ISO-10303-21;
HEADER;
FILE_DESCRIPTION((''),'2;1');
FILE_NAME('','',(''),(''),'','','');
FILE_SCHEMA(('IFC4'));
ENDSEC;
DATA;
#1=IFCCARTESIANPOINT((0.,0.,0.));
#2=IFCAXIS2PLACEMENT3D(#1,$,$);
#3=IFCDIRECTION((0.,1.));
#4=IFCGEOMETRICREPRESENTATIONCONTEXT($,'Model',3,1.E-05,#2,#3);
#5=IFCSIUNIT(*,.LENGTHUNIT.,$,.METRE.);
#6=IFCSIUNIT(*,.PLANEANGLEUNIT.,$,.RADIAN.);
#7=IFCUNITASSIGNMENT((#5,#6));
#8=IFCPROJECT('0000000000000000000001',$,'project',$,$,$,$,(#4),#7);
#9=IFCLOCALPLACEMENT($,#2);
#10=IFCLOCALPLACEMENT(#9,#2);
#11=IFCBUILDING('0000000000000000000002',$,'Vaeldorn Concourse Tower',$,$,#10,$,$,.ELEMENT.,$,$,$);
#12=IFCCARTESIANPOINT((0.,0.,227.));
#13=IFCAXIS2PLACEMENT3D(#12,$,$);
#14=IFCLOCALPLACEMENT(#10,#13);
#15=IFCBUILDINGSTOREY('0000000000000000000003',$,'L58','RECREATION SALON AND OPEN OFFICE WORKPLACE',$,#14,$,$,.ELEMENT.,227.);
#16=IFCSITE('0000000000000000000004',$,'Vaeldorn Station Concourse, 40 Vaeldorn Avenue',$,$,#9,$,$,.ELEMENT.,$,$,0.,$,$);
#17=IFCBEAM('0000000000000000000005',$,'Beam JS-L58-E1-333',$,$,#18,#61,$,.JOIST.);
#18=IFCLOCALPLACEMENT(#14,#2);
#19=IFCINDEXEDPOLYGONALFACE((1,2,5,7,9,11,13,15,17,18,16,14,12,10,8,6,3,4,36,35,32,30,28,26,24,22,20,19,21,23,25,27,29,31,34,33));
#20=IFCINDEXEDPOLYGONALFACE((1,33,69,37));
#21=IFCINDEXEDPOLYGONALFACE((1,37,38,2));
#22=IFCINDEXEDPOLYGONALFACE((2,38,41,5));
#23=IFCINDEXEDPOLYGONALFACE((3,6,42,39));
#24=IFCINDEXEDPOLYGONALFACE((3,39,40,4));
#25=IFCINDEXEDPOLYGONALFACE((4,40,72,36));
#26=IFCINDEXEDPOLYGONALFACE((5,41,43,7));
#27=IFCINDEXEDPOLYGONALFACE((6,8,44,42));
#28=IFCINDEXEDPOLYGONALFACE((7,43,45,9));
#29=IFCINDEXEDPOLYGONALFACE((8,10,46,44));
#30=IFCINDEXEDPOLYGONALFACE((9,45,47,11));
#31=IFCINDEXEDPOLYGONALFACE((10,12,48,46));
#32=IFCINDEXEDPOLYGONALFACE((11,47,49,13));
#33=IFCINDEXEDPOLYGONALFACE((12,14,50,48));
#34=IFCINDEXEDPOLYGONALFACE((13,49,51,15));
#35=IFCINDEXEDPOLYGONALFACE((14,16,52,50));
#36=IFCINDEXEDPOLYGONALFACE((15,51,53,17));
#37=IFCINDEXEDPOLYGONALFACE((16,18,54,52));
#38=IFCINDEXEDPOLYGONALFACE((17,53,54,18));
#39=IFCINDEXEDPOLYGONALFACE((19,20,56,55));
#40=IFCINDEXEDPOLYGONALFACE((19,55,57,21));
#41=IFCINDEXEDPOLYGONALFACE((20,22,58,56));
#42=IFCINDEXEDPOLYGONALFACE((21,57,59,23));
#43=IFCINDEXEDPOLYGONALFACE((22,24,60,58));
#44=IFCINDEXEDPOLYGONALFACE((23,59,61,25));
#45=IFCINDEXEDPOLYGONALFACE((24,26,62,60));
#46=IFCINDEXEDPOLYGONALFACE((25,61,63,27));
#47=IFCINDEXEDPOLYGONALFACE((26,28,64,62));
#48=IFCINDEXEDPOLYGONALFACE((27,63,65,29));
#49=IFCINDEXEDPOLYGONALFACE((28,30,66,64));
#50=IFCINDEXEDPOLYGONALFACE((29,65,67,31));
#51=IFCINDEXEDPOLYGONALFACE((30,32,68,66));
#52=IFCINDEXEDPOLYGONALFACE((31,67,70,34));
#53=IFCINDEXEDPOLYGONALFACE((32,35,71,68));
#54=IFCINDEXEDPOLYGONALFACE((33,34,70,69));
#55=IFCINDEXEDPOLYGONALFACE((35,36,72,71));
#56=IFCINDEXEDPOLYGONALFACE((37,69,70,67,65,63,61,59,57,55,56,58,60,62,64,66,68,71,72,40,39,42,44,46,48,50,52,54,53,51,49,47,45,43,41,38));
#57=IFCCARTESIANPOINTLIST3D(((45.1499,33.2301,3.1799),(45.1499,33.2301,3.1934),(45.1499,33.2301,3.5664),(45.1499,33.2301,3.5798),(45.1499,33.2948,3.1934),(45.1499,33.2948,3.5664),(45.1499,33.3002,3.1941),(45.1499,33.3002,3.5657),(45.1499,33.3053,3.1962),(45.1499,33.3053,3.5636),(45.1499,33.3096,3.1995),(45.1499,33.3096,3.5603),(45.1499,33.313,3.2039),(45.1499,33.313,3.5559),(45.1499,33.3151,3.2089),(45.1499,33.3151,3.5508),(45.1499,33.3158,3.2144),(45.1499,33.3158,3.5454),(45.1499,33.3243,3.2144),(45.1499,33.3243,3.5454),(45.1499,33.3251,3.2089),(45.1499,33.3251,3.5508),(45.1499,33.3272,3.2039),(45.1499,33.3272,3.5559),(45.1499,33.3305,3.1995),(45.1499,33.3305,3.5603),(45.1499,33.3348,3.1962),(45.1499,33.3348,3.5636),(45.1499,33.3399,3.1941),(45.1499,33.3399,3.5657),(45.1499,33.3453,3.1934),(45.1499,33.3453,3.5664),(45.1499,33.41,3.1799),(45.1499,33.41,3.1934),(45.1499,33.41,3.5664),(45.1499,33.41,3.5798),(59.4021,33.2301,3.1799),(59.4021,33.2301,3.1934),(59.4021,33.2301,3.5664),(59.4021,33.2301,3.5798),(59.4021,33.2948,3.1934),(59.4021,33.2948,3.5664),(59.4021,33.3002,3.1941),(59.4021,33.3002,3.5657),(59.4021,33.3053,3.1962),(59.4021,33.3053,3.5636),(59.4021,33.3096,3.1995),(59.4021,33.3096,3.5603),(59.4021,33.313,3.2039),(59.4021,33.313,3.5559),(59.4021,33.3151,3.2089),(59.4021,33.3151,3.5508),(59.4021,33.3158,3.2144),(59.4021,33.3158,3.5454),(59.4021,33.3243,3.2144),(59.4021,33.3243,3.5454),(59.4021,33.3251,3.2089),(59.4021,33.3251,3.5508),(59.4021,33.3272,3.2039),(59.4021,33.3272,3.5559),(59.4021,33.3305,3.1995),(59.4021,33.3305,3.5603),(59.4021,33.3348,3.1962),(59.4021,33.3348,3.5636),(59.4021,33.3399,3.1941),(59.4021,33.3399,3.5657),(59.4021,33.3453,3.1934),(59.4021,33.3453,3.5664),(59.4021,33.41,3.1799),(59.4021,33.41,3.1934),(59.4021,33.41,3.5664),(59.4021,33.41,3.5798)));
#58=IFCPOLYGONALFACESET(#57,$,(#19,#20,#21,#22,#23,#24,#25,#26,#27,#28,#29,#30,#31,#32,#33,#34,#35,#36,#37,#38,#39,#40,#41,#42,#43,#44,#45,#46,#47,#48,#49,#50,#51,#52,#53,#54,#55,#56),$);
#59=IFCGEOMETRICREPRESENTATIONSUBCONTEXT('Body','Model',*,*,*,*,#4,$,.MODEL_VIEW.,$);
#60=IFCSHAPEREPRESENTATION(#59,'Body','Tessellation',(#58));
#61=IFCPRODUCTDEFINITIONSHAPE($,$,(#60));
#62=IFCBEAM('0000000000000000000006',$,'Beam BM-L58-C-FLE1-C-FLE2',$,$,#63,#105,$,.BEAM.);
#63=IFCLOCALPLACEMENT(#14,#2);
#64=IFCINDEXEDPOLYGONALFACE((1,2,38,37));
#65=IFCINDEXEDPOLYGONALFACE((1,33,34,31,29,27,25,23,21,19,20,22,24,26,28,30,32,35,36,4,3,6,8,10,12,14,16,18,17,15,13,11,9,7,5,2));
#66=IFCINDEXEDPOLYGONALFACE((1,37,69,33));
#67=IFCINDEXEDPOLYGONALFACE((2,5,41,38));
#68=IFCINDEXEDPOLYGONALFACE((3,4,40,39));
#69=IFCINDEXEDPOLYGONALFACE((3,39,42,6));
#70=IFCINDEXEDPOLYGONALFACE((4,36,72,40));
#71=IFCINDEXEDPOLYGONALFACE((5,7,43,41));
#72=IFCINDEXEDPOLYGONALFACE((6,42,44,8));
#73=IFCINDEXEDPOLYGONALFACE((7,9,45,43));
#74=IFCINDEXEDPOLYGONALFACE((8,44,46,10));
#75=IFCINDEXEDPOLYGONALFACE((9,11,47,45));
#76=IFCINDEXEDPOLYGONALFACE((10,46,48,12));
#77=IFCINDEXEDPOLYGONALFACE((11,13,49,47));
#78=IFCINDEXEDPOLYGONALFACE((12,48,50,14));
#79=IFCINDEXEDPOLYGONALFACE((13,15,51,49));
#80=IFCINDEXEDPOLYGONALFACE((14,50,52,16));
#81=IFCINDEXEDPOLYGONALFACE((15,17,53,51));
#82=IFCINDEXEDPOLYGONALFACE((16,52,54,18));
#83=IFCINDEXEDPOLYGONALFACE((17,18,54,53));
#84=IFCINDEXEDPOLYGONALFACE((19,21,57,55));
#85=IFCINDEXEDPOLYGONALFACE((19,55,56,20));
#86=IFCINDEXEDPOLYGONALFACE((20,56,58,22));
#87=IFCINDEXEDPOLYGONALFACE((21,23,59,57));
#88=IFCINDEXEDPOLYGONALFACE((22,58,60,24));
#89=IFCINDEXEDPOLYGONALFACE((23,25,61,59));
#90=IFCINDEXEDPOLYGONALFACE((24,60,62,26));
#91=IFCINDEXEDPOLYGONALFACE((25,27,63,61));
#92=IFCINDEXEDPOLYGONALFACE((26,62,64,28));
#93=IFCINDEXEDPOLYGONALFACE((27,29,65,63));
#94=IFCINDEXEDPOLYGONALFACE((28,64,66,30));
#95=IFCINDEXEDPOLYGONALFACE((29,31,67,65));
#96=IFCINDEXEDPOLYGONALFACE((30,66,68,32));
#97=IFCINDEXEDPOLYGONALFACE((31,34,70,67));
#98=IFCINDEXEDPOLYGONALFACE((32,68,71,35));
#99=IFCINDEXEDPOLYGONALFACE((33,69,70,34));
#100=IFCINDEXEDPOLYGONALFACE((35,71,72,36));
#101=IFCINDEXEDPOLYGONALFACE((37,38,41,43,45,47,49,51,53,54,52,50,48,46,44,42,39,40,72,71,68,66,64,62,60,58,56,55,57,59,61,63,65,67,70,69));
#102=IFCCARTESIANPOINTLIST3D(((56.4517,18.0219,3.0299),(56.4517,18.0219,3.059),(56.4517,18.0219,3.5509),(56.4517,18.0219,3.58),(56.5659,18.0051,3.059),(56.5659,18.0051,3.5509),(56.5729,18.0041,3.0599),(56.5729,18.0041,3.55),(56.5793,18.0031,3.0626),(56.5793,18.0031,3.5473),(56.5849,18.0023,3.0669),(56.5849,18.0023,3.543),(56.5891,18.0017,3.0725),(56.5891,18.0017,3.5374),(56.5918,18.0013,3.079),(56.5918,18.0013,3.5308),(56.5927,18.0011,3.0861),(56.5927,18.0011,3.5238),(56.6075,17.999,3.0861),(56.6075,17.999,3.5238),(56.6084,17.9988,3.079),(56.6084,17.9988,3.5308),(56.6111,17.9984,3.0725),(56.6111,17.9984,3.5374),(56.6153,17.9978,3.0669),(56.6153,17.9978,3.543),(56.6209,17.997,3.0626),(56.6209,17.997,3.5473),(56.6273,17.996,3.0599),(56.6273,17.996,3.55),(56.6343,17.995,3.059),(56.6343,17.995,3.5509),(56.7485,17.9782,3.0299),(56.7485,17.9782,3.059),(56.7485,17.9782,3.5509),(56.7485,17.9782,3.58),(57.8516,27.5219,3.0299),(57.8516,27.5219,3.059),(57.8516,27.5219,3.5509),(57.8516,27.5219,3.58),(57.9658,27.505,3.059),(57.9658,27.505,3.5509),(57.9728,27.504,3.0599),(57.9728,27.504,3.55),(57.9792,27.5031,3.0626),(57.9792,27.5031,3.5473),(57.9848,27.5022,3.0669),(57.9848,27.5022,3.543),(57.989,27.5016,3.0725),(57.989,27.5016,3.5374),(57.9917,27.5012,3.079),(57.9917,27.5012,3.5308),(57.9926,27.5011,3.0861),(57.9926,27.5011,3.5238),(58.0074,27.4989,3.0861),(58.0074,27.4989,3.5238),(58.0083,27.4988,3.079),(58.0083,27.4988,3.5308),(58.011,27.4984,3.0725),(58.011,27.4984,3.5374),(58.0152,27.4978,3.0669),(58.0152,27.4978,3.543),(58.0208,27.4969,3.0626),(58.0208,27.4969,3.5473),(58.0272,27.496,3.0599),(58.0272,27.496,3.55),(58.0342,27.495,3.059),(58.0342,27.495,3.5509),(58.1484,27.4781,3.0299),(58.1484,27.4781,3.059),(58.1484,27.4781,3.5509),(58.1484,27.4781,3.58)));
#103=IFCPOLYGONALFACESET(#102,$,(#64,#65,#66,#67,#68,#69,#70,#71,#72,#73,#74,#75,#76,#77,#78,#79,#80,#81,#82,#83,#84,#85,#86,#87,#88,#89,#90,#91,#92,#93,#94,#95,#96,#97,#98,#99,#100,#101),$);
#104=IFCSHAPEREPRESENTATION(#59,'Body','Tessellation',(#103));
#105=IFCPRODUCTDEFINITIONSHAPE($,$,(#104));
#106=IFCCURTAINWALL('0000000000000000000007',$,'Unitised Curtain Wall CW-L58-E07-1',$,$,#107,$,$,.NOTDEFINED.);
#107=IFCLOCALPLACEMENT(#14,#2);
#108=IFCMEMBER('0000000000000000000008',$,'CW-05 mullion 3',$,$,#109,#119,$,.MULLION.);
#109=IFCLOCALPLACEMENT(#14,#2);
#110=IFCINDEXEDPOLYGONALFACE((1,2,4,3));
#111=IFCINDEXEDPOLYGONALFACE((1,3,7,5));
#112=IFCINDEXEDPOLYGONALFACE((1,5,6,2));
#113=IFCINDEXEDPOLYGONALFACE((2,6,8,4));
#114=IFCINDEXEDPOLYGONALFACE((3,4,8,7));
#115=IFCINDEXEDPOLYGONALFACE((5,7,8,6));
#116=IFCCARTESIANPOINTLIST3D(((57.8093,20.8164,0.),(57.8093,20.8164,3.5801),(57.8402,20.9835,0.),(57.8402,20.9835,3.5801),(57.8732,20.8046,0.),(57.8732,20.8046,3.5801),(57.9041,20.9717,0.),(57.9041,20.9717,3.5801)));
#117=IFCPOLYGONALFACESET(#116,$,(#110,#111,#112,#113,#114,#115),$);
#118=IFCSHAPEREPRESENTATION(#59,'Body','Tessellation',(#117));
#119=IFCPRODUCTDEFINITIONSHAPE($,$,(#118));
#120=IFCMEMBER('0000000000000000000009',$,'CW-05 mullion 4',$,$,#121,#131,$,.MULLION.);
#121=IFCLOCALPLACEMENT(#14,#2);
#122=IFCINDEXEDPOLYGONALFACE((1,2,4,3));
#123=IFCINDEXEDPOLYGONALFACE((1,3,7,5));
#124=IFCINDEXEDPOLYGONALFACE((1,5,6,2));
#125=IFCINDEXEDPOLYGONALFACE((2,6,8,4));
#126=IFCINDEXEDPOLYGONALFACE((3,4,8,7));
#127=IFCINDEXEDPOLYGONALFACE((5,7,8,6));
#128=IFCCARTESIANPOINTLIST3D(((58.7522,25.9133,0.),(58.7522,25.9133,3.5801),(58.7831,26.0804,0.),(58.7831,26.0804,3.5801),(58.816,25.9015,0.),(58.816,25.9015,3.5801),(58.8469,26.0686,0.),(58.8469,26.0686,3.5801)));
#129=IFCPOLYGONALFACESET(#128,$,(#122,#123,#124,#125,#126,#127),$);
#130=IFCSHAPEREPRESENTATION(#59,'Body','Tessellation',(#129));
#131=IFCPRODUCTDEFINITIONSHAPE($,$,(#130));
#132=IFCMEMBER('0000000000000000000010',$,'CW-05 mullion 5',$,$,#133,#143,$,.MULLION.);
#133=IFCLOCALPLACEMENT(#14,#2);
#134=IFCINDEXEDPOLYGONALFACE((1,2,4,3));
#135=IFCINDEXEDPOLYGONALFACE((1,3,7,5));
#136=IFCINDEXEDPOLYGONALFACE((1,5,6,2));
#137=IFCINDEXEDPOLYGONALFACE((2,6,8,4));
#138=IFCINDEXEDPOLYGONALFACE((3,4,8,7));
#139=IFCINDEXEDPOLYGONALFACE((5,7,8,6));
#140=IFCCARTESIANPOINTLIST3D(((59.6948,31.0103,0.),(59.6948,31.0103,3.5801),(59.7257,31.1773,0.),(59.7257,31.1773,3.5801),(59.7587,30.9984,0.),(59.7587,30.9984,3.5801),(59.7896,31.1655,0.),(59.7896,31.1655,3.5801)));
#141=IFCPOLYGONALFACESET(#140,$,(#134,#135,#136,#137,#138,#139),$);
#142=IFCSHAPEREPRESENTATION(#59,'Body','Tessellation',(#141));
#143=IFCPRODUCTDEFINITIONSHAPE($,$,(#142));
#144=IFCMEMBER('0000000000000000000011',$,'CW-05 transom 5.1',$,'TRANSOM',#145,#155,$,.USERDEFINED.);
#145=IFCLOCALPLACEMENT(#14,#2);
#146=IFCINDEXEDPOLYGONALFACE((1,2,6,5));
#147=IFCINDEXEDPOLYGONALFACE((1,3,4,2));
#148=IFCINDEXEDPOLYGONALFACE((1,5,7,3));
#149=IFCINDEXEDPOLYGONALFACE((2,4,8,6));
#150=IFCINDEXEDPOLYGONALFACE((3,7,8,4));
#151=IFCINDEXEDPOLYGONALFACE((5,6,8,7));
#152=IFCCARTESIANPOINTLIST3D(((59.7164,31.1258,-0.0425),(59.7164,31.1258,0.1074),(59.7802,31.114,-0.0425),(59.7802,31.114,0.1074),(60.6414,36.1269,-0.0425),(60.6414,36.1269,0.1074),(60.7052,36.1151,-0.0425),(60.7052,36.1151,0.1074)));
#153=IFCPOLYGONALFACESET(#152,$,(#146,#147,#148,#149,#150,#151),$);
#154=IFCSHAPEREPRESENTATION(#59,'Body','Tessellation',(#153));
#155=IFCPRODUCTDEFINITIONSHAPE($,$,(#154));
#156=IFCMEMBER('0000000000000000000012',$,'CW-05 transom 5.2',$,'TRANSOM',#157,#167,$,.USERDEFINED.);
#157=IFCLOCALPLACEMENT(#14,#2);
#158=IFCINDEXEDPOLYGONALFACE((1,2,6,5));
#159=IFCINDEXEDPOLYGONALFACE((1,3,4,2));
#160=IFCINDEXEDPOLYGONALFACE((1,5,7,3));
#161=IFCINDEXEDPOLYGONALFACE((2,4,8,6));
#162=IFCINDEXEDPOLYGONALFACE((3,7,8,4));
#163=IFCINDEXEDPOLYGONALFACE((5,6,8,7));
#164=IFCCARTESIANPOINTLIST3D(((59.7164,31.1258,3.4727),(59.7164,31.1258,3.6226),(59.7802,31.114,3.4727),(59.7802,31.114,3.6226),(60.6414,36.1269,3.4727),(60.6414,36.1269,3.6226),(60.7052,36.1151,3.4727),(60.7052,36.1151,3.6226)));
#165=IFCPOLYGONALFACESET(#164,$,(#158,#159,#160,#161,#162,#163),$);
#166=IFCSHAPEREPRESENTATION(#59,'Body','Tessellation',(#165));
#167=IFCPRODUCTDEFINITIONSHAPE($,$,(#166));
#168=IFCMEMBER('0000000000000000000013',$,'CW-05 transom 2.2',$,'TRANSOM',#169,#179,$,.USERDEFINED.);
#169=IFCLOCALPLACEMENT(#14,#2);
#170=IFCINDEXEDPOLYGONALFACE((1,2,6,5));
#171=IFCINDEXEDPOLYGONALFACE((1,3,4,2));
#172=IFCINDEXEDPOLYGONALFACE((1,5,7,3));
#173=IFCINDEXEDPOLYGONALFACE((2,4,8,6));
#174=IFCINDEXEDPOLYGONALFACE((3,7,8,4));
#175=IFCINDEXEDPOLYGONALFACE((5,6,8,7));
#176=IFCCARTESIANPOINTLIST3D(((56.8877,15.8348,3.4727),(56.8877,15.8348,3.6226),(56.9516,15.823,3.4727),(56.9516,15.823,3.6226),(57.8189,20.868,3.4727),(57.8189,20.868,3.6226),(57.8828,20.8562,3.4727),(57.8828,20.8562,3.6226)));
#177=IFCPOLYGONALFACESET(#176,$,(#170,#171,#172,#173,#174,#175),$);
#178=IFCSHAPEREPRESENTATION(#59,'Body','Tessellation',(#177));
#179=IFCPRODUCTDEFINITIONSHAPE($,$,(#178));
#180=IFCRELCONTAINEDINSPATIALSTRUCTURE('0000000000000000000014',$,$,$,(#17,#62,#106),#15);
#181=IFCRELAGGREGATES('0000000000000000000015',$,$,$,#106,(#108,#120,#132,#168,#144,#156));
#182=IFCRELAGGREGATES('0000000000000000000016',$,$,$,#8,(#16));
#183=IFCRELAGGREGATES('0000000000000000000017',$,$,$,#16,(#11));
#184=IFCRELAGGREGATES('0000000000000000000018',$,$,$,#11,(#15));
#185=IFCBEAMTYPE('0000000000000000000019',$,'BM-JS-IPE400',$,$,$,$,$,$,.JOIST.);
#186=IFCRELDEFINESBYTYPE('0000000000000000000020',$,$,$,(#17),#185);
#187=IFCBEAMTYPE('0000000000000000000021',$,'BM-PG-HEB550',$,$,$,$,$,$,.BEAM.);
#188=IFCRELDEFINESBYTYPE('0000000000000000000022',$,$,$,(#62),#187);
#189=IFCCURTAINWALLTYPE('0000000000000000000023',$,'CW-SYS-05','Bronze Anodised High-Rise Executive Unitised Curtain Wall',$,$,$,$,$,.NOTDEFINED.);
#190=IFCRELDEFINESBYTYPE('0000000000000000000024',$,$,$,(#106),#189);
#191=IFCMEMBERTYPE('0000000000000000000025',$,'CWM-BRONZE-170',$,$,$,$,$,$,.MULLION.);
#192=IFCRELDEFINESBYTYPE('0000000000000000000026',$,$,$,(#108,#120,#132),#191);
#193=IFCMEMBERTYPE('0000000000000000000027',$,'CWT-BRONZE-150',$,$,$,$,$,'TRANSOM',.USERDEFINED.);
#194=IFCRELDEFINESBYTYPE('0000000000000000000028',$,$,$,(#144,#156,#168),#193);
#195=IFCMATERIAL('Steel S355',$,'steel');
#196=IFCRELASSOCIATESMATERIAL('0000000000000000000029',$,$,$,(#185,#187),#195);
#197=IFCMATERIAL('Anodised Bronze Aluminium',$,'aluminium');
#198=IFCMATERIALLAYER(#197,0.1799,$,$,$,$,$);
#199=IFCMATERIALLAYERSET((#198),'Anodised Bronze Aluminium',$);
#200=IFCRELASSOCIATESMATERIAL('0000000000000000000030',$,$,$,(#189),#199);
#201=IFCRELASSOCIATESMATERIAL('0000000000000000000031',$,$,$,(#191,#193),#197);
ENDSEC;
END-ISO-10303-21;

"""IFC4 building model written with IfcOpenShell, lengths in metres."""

from ifc_helpers import new_model, si_unit, direction, frame, origin, origin_2d, place, context, subcontext, project, spatial, rectangle, i_section, extrude, source, transform, mapped, material, layer, layer_set, material_profile, profile_set, type_object, element, aggregate, save


model = new_model("IFC4")

# Units and contexts
model_context = context("Model", 3, precision=1e-05, world=origin(), true_north=direction((0.0, 1.0)))
body_context = subcontext(model_context, "Body", "Model", "MODEL_VIEW")
ifc_project = project(units=[si_unit("LENGTHUNIT", "METRE"), si_unit("PLANEANGLEUNIT", "RADIAN")], contexts=[model_context])

# Site, building, storey
site_placement = place(None, origin())
site = spatial("IfcSite", under=ifc_project, at=site_placement, Name="Vaeldorn Station Concourse, 40 Vaeldorn Avenue", CompositionType="ELEMENT", RefElevation=0.0)
building_placement = place(site_placement, origin())
building = spatial("IfcBuilding", under=site, at=building_placement, Name="Vaeldorn Concourse Tower", CompositionType="ELEMENT")
storey_placement = place(building_placement, frame((0.0, 0.0, 227.0)))
storey = spatial("IfcBuildingStorey", under=building, at=storey_placement, Name="L58", Description="RECREATION SALON AND OPEN OFFICE WORKPLACE", CompositionType="ELEMENT", Elevation=227.0)

# Shared definitions
ifc_material_1 = material(Name="Steel S355", Category="steel")

# Beams
ifc_material_profile_1 = material_profile(ifc_material_1, i_section(OverallWidth=0.1799, OverallDepth=0.3999, WebThickness=0.0085, FlangeThickness=0.0134, FilletRadius=0.021, at=origin_2d()), Name="IPE 400")
ifc_profile_set_1 = profile_set([ifc_material_profile_1], Name="Steel S355")
beam_type_1 = type_object("IfcBeamType", Name="BM-JS-IPE400", PredefinedType="JOIST", material=ifc_profile_set_1)
shared_shape_1 = source(origin(), body_context, "Body", "SweptSolid", [
    extrude(i_section(OverallWidth=0.1799, OverallDepth=0.3999, WebThickness=0.0085, FlangeThickness=0.0134, FilletRadius=0.021, at=origin_2d()), origin(), (0.0, 0.0, 1.0), 14.2522),
])
beam_1_placement = place(storey_placement, frame((45.1499, 33.3201, 3.3799), z_axis=(1.0, 0.0, 0.0), x_axis=(0.0, 1.0, 0.0)))
element("IfcBeam", 1, at=beam_1_placement, inside=storey, type_object=beam_type_1, Name="Beam JS-L58-E1-333", PredefinedType="JOIST", context=body_context, shape_type="MappedRepresentation", body=[
    mapped(shared_shape_1, transform((0.0, 0.0, 0.0), scale=1.0)),
])
ifc_material_profile_2 = material_profile(ifc_material_1, i_section(OverallWidth=0.3, OverallDepth=0.55, WebThickness=0.0149, FlangeThickness=0.0291, FilletRadius=0.0271, at=origin_2d()), Name="HEB 550")
ifc_profile_set_2 = profile_set([ifc_material_profile_2], Name="Steel S355")
beam_type_2 = type_object("IfcBeamType", Name="BM-PG-HEB550", PredefinedType="BEAM", material=ifc_profile_set_2)
shared_shape_2 = source(origin(), body_context, "Body", "SweptSolid", [
    extrude(i_section(OverallWidth=0.3, OverallDepth=0.55, WebThickness=0.0149, FlangeThickness=0.0291, FilletRadius=0.0271, at=origin_2d()), origin(), (0.0, 0.0, 1.0), 9.6025),
])
beam_2_placement = place(storey_placement, frame((58.0, 27.5, 3.3049), z_axis=(-0.145784, -0.989316, 0.0), x_axis=(0.989316, -0.145784, 0.0)))
element("IfcBeam", 2, at=beam_2_placement, inside=storey, type_object=beam_type_2, Name="Beam BM-L58-C-FLE1-C-FLE2", PredefinedType="BEAM", context=body_context, shape_type="MappedRepresentation", body=[
    mapped(shared_shape_2, transform((0.0, 0.0, 0.0), scale=1.0)),
])

# Curtain wall, members
ifc_material_2 = material(Name="Anodised Bronze Aluminium", Category="aluminium")
ifc_layer_1 = layer(ifc_material_2, 0.1799)
ifc_layer_set_1 = layer_set([ifc_layer_1], Name="Anodised Bronze Aluminium")
curtain_wall_type = type_object("IfcCurtainWallType", Name="CW-SYS-05", Description="Bronze Anodised High-Rise Executive Unitised Curtain Wall", PredefinedType="NOTDEFINED", material=ifc_layer_set_1)
curtain_wall_placement = place(storey_placement, origin())
curtain_wall = element("IfcCurtainWall", 3, at=curtain_wall_placement, inside=storey, type_object=curtain_wall_type, Name="Unitised Curtain Wall CW-L58-E07-1", PredefinedType="NOTDEFINED")
ifc_material_profile_3 = material_profile(ifc_material_2, rectangle(XDim=0.0649, YDim=0.1699, at=origin_2d()), Name="CWM 65x170")
ifc_profile_set_3 = profile_set([ifc_material_profile_3], Name="Anodised Bronze Aluminium")
member_type_1 = type_object("IfcMemberType", Name="CWM-BRONZE-170", PredefinedType="MULLION", material=ifc_profile_set_3)
shared_shape_3 = source(origin(), body_context, "Body", "SweptSolid", [
    extrude(rectangle(XDim=0.0649, YDim=0.1699, at=origin_2d()), origin(), (0.0, 0.0, 1.0), 3.5801),
])
member_1_placement = place(storey_placement, frame((57.8567, 20.894, 0.0), z_axis=(0.0, 0.0, 1.0), x_axis=(-0.983319, 0.18189, 0.0)))
member_1 = element("IfcMember", 4, at=member_1_placement, type_object=member_type_1, Name="CW-05 mullion 3", PredefinedType="MULLION", context=body_context, shape_type="MappedRepresentation", body=[
    mapped(shared_shape_3, transform((0.0, 0.0, 0.0), scale=1.0)),
])
member_2_placement = place(storey_placement, frame((58.7996, 25.991, 0.0), z_axis=(0.0, 0.0, 1.0), x_axis=(-0.983319, 0.18189, 0.0)))
member_2 = element("IfcMember", 5, at=member_2_placement, type_object=member_type_1, Name="CW-05 mullion 4", PredefinedType="MULLION", context=body_context, shape_type="MappedRepresentation", body=[
    mapped(shared_shape_3, transform((0.0, 0.0, 0.0), scale=1.0)),
])
member_3_placement = place(storey_placement, frame((59.7422, 31.0879, 0.0), z_axis=(0.0, 0.0, 1.0), x_axis=(-0.983319, 0.18189, 0.0)))
member_3 = element("IfcMember", 6, at=member_3_placement, type_object=member_type_1, Name="CW-05 mullion 5", PredefinedType="MULLION", context=body_context, shape_type="MappedRepresentation", body=[
    mapped(shared_shape_3, transform((0.0, 0.0, 0.0), scale=1.0)),
])
ifc_material_profile_4 = material_profile(ifc_material_2, rectangle(XDim=0.0649, YDim=0.1499, at=origin_2d()), Name="CWT 65x150")
ifc_profile_set_4 = profile_set([ifc_material_profile_4], Name="Anodised Bronze Aluminium")
member_type_2 = type_object("IfcMemberType", Name="CWT-BRONZE-150", ElementType="TRANSOM", PredefinedType="USERDEFINED", material=ifc_profile_set_4)
shared_shape_4 = source(origin(), body_context, "Body", "SweptSolid", [
    extrude(rectangle(XDim=0.0649, YDim=0.1499, at=origin_2d()), origin(), (0.0, 0.0, 1.0), 5.0859),
])
member_4_placement = place(storey_placement, frame((59.7483, 31.1199, 0.0325), z_axis=(0.18188, 0.983321, 0.0), x_axis=(-0.983321, 0.18188, 0.0)))
member_4 = element("IfcMember", 7, at=member_4_placement, type_object=member_type_2, Name="CW-05 transom 5.1", ObjectType="TRANSOM", PredefinedType="USERDEFINED", context=body_context, shape_type="MappedRepresentation", body=[
    mapped(shared_shape_4, transform((0.0, 0.0, 0.0), scale=1.0)),
])
member_5_placement = place(storey_placement, frame((59.7483, 31.1199, 3.5476), z_axis=(0.18188, 0.983321, 0.0), x_axis=(-0.983321, 0.18188, 0.0)))
member_5 = element("IfcMember", 8, at=member_5_placement, type_object=member_type_2, Name="CW-05 transom 5.2", ObjectType="TRANSOM", PredefinedType="USERDEFINED", context=body_context, shape_type="MappedRepresentation", body=[
    mapped(shared_shape_4, transform((0.0, 0.0, 0.0), scale=1.0)),
])
shared_shape_5 = source(origin(), body_context, "Body", "SweptSolid", [
    extrude(rectangle(XDim=0.0649, YDim=0.1499, at=origin_2d()), origin(), (0.0, 0.0, 1.0), 5.1187),
])
member_6_placement = place(storey_placement, frame((56.9197, 15.8289, 3.5476), z_axis=(0.181915, 0.983314, 0.0), x_axis=(-0.983314, 0.181915, 0.0)))
member_6 = element("IfcMember", 9, at=member_6_placement, type_object=member_type_2, Name="CW-05 transom 2.2", ObjectType="TRANSOM", PredefinedType="USERDEFINED", context=body_context, shape_type="MappedRepresentation", body=[
    mapped(shared_shape_5, transform((0.0, 0.0, 0.0), scale=1.0)),
])
aggregate(curtain_wall, [member_1, member_2, member_3, member_6, member_4, member_5])

save(model, "model.ifc")
